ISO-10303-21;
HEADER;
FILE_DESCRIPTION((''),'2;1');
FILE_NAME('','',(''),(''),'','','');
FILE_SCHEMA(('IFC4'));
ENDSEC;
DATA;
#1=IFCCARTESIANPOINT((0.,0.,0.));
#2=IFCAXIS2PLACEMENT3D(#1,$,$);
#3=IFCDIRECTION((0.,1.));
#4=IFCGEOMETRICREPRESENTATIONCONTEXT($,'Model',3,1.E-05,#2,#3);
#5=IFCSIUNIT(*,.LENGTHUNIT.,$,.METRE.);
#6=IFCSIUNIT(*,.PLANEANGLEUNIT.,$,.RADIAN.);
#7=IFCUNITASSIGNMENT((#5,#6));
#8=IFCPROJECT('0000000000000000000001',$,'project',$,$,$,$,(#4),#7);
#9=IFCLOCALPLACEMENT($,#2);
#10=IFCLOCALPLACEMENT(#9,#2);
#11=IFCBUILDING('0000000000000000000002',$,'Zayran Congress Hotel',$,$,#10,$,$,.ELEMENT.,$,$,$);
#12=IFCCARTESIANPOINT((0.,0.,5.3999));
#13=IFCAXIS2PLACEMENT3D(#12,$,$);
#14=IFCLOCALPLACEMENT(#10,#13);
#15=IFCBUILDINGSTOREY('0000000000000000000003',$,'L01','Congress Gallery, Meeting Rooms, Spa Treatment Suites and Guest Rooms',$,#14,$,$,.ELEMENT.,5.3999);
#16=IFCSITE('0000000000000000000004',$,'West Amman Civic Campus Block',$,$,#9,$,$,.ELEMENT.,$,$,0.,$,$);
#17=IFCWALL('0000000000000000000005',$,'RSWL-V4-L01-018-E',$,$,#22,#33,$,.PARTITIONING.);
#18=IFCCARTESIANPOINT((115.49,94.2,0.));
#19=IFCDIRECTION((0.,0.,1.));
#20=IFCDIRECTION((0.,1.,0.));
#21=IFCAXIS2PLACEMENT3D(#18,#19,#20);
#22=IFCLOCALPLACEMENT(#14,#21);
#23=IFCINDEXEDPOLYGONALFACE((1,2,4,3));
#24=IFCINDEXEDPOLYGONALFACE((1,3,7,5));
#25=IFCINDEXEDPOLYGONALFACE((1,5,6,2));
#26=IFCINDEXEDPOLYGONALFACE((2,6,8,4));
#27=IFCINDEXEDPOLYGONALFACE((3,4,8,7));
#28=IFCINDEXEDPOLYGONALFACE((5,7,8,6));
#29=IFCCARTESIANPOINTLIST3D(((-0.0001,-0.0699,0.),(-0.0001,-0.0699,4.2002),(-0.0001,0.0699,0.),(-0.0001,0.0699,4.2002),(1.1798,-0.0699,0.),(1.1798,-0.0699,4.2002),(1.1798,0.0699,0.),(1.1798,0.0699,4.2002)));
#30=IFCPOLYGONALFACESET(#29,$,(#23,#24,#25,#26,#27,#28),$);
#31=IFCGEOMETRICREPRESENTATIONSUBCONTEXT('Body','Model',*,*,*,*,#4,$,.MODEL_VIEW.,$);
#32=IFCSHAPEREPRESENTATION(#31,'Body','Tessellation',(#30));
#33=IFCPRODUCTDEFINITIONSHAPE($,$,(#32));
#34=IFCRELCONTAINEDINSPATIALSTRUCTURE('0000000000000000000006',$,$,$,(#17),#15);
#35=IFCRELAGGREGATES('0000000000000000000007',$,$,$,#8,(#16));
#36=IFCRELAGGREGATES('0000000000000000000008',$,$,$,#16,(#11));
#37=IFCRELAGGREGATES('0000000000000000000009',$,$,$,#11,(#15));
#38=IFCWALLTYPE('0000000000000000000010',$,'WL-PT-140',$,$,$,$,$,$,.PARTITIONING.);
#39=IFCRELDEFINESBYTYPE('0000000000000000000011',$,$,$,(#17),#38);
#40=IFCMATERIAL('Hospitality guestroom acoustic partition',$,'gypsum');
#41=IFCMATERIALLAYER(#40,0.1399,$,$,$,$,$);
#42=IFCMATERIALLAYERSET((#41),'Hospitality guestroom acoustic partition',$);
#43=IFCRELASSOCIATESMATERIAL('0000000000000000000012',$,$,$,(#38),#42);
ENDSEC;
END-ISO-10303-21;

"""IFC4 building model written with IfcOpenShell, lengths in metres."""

from ifc_helpers import new_model, si_unit, direction, frame, frame_2d, origin, place, context, subcontext, project, spatial, rectangle, extrude, material, layer, layer_set, type_object, element, save


model = new_model("IFC4")

# Units and contexts
model_context = context("Model", 3, precision=1e-05, world=origin(), true_north=direction((0.0, 1.0)))
body_context = subcontext(model_context, "Body", "Model", "MODEL_VIEW")
ifc_project = project(units=[si_unit("LENGTHUNIT", "METRE"), si_unit("PLANEANGLEUNIT", "RADIAN")], contexts=[model_context])

# Site, building, storey
site_placement = place(None, origin())
site = spatial("IfcSite", under=ifc_project, at=site_placement, Name="West Amman Civic Campus Block", CompositionType="ELEMENT", RefElevation=0.0)
building_placement = place(site_placement, origin())
building = spatial("IfcBuilding", under=site, at=building_placement, Name="Zayran Congress Hotel", CompositionType="ELEMENT")
storey_placement = place(building_placement, frame((0.0, 0.0, 5.3999)))
storey = spatial("IfcBuildingStorey", under=building, at=storey_placement, Name="L01", Description="Congress Gallery, Meeting Rooms, Spa Treatment Suites and Guest Rooms", CompositionType="ELEMENT", Elevation=5.3999)

# Wall
ifc_material_1 = material(Name="Hospitality guestroom acoustic partition", Category="gypsum")
ifc_layer_1 = layer(ifc_material_1, 0.1399)
ifc_layer_set_1 = layer_set([ifc_layer_1], Name="Hospitality guestroom acoustic partition")
wall_type_1 = type_object("IfcWallType", Name="WL-PT-140", PredefinedType="PARTITIONING", material=ifc_layer_set_1)
for number, where, z_axis, x_axis, name in (
    (1, (115.49, 94.2, 0.0), (0.0, 0.0, 1.0), (0.0, 1.0, 0.0), "RSWL-V4-L01-018-E"),
):
    element("IfcWall", number, at=place(storey_placement, frame(where, z_axis=z_axis, x_axis=x_axis)), inside=storey, type_object=wall_type_1, Name=name, PredefinedType="PARTITIONING", context=body_context, shape_type="SweptSolid", body=[
        extrude(rectangle(XDim=1.1799, YDim=0.1399, at=frame_2d((0.5898, 0.0))), origin(), (0.0, 0.0, 1.0), 4.2002),
    ])

save(model, "model.ifc")
